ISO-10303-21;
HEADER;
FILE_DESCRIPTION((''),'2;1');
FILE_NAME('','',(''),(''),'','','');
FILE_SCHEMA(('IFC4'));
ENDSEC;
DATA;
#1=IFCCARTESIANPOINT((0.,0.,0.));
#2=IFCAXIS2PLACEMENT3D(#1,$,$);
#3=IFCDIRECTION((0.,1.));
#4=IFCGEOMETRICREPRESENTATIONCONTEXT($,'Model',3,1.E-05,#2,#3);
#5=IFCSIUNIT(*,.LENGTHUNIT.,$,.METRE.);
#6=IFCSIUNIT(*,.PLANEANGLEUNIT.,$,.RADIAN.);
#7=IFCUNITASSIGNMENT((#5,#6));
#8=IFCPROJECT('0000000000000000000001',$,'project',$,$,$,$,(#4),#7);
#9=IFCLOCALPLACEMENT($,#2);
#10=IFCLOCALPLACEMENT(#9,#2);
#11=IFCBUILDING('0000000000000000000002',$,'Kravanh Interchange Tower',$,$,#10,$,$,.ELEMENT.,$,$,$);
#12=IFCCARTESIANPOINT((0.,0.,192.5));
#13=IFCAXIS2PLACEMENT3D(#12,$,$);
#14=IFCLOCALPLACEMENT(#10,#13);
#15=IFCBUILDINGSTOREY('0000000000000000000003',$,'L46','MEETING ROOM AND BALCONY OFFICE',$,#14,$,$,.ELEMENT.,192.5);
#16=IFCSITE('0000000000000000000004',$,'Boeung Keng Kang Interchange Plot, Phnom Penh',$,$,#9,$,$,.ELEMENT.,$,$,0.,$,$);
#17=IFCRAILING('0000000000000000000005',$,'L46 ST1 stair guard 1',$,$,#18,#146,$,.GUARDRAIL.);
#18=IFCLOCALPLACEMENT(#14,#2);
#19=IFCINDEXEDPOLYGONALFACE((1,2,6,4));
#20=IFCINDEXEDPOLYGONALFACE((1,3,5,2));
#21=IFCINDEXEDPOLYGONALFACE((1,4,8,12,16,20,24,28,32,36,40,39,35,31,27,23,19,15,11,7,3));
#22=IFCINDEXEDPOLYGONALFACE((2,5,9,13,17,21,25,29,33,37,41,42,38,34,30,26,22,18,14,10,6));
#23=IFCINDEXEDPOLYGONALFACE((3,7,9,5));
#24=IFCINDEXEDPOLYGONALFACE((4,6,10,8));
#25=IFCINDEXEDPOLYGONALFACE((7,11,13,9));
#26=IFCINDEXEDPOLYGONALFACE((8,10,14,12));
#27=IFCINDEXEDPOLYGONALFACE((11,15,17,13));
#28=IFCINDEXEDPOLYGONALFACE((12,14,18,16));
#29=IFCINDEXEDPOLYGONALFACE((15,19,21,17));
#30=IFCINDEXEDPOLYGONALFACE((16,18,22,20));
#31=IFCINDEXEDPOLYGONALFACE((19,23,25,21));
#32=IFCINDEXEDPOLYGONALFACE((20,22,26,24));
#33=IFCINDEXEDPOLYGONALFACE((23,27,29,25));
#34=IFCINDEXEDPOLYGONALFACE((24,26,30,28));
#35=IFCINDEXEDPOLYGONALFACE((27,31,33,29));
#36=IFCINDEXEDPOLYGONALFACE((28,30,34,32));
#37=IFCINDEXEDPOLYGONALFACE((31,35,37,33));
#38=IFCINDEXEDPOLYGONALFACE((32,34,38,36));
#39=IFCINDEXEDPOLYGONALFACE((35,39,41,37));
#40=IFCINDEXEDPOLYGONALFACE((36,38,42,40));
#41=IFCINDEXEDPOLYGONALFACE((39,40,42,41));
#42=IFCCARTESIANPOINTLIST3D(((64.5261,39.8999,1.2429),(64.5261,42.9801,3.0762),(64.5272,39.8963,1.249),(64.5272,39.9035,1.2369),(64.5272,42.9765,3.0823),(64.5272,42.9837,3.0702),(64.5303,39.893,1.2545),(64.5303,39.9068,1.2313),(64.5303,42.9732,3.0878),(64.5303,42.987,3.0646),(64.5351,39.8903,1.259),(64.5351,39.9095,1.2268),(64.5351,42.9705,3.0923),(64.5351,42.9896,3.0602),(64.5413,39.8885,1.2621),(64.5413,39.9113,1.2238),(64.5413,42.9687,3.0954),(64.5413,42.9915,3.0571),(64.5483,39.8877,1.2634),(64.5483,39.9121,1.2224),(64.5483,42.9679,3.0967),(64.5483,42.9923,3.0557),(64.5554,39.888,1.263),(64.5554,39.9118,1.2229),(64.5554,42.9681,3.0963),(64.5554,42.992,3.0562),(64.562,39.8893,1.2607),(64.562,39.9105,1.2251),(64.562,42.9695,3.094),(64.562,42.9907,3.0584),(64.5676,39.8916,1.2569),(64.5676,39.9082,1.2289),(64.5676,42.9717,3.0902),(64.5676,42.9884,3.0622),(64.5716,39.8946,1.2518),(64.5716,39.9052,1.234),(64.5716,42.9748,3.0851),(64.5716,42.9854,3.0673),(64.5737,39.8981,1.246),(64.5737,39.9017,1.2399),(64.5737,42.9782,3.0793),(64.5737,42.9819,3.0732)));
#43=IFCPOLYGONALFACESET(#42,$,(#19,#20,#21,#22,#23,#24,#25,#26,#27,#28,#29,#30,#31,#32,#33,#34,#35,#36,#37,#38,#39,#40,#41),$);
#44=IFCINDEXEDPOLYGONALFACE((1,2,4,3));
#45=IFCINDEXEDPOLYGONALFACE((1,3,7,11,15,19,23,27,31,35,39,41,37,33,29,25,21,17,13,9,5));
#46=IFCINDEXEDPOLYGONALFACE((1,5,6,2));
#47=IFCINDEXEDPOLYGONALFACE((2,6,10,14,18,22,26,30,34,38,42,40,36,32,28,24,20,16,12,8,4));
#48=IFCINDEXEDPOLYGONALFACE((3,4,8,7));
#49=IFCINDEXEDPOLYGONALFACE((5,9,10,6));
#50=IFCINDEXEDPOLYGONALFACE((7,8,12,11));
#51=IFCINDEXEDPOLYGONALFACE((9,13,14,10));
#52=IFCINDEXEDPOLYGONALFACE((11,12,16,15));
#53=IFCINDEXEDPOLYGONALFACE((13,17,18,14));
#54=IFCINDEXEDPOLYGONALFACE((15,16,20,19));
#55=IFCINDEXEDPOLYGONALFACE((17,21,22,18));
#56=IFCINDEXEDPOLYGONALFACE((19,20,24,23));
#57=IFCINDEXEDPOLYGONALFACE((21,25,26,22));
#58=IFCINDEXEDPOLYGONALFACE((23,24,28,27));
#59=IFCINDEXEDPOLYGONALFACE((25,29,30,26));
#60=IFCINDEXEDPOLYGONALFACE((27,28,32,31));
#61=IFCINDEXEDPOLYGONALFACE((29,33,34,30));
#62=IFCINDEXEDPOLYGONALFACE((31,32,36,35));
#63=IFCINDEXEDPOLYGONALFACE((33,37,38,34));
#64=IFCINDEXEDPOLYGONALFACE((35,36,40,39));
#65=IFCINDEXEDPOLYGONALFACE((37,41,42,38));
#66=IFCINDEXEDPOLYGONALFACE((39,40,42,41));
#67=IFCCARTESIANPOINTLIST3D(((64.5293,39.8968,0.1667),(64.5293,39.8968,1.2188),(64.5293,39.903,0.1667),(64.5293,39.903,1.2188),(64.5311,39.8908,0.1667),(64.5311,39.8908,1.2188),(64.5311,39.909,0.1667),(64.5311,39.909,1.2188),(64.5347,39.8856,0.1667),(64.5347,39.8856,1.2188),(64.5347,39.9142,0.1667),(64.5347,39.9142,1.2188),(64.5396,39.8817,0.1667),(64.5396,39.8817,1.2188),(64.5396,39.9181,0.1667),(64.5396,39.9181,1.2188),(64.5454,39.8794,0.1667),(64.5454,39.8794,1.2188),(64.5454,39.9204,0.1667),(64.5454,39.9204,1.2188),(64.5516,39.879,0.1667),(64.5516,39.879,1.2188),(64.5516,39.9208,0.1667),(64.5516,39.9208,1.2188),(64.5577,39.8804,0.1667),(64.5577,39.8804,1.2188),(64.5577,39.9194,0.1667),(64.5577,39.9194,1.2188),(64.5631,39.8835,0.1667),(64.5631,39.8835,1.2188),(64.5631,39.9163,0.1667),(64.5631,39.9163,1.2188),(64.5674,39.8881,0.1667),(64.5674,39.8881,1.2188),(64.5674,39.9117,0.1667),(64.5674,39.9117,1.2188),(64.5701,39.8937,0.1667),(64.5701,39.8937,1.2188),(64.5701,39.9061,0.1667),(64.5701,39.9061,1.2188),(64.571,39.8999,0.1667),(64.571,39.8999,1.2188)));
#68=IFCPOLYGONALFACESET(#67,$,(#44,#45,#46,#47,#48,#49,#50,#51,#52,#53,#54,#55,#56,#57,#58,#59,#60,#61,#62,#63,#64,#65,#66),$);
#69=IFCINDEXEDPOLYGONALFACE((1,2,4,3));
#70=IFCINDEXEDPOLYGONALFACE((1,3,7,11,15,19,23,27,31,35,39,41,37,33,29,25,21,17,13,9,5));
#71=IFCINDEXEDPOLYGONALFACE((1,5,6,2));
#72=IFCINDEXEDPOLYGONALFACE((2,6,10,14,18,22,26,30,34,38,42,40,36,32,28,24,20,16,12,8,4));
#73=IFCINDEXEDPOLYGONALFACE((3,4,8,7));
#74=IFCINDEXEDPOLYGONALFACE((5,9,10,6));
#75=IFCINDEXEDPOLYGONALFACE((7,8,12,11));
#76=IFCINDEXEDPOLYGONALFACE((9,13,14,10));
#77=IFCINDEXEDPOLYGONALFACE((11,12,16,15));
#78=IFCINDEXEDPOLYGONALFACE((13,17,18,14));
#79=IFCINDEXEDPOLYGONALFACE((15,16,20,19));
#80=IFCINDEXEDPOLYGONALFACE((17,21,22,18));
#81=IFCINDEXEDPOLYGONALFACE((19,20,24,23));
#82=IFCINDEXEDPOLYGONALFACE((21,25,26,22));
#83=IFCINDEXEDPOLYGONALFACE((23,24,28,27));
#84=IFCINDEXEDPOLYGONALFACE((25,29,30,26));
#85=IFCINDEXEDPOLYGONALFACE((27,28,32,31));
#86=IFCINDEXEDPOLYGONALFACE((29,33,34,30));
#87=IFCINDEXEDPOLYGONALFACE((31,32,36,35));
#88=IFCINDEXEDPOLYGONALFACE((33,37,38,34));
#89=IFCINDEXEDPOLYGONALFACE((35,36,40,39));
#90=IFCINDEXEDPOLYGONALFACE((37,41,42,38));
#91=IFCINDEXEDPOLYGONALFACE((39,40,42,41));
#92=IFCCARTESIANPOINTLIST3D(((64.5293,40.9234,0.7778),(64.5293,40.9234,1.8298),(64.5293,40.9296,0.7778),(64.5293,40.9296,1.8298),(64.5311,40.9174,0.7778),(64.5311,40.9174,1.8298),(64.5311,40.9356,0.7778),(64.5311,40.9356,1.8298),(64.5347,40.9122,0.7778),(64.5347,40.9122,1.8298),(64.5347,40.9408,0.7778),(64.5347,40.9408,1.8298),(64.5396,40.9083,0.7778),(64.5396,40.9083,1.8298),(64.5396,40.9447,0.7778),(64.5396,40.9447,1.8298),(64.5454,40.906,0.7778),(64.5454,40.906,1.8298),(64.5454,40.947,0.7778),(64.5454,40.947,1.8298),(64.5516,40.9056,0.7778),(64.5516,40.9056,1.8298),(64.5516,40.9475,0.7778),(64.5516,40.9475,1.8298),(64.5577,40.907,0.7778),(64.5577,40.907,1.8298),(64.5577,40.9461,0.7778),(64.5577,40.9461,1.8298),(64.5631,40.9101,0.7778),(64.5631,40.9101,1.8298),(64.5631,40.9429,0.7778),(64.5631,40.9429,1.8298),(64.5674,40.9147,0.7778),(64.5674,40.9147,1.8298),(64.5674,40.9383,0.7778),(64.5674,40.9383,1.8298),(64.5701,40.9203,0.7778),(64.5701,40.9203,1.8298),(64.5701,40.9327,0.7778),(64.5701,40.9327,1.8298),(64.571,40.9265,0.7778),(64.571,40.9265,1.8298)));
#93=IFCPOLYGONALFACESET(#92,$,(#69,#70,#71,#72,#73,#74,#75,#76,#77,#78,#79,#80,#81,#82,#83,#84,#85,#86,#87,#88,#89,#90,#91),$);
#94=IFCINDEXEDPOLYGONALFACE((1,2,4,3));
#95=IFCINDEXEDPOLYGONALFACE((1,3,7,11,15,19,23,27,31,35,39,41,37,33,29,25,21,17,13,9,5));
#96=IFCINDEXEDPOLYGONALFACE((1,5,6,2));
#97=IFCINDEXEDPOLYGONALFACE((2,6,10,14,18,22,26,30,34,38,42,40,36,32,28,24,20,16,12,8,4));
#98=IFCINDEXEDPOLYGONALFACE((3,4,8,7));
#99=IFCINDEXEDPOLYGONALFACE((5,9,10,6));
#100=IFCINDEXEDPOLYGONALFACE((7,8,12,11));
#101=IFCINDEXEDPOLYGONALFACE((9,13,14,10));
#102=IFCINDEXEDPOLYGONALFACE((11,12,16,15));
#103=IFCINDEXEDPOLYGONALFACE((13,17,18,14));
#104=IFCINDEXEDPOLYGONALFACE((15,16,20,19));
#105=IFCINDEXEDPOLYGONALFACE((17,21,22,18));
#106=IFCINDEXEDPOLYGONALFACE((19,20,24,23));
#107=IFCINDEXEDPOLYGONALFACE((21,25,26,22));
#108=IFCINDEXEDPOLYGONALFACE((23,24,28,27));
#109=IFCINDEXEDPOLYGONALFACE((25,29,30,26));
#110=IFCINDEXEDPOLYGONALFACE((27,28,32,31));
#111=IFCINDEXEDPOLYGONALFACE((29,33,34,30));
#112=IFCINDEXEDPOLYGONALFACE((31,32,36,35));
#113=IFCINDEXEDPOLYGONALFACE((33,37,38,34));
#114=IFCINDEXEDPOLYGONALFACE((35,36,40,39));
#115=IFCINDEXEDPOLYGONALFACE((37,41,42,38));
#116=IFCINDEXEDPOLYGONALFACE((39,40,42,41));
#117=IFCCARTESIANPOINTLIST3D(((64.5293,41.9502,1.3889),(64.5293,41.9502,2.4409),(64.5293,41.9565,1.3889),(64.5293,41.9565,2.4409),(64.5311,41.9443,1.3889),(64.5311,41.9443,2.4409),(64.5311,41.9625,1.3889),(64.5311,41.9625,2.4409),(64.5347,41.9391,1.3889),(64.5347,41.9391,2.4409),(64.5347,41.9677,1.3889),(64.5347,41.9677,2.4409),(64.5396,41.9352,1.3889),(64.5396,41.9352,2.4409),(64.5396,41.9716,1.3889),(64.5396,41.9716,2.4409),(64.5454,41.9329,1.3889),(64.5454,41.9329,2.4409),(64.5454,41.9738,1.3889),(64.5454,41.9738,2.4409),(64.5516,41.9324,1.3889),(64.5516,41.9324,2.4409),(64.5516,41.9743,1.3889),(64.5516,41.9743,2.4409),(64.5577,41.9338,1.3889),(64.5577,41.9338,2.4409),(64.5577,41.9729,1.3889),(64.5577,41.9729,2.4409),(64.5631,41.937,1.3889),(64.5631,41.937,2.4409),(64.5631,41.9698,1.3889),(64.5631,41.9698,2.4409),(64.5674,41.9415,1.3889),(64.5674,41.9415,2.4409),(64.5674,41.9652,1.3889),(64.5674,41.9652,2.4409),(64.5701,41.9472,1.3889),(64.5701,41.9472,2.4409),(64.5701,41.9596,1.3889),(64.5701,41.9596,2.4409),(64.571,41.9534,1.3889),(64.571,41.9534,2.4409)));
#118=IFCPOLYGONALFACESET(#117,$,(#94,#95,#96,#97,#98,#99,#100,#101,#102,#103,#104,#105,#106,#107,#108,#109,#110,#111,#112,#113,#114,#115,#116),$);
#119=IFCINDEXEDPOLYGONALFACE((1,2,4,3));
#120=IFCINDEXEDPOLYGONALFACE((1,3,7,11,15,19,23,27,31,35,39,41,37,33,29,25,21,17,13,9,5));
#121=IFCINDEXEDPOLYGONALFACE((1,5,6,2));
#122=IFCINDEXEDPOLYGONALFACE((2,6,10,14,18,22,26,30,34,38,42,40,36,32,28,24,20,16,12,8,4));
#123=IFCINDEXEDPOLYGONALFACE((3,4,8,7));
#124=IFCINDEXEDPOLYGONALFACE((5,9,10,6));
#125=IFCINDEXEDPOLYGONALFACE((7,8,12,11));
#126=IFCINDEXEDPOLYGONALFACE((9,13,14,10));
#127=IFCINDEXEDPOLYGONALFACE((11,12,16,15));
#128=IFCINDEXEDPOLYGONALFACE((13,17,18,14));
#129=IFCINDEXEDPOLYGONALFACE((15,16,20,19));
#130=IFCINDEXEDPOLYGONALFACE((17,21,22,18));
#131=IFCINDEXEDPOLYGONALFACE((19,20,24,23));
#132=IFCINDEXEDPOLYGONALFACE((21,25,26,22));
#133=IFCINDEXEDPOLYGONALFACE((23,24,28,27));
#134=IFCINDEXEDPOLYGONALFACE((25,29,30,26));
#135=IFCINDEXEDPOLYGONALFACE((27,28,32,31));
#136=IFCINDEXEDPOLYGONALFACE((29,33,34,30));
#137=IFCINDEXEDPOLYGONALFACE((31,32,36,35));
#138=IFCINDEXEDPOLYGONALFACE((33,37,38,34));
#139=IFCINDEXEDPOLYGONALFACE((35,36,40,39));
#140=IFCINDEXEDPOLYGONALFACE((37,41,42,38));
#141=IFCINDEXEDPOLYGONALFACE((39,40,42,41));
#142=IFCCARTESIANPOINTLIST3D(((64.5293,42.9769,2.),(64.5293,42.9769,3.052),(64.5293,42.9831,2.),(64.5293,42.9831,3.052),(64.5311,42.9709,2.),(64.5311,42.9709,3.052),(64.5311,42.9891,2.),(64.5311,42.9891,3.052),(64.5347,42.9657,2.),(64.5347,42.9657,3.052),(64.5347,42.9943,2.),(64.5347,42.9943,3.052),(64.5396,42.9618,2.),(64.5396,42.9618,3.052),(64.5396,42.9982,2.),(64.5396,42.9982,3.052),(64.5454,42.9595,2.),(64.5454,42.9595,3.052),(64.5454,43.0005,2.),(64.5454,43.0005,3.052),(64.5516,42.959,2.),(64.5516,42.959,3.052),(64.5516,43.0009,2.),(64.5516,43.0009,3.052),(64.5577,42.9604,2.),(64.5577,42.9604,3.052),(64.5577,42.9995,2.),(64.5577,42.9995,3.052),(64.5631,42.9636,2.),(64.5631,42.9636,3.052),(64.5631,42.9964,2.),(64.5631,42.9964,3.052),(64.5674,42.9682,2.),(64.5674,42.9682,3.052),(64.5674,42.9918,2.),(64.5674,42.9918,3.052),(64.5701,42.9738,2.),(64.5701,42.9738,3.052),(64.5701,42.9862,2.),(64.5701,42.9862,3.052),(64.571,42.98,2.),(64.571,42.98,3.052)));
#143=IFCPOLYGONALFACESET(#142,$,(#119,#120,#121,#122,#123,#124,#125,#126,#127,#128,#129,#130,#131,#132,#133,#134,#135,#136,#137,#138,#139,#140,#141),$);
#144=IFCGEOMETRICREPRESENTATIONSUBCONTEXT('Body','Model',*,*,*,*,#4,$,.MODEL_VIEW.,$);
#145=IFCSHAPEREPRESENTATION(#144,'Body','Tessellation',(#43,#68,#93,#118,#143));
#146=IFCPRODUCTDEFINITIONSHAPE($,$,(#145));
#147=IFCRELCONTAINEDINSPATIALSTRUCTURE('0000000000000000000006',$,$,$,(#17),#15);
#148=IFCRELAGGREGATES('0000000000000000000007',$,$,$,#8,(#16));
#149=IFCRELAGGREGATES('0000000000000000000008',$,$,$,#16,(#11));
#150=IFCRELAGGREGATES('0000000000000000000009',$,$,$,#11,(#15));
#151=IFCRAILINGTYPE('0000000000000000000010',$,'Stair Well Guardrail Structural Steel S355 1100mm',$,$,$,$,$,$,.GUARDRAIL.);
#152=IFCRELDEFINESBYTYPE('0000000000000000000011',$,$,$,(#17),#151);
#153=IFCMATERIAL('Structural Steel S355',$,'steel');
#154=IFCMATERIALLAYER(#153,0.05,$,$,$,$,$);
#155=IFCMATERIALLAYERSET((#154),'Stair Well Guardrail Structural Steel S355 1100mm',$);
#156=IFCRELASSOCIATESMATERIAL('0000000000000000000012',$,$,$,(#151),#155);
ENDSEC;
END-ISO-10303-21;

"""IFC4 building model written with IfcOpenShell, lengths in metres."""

from ifc_helpers import new_model, si_unit, direction, frame, origin, origin_2d, place, context, subcontext, project, spatial, circle, extrude, material, layer, layer_set, type_object, element, save


model = new_model("IFC4")

# Units and contexts
model_context = context("Model", 3, precision=1e-05, world=origin(), true_north=direction((0.0, 1.0)))
body_context = subcontext(model_context, "Body", "Model", "MODEL_VIEW")
ifc_project = project(units=[si_unit("LENGTHUNIT", "METRE"), si_unit("PLANEANGLEUNIT", "RADIAN")], contexts=[model_context])

# Site, building, storey
site_placement = place(None, origin())
site = spatial("IfcSite", under=ifc_project, at=site_placement, Name="Boeung Keng Kang Interchange Plot, Phnom Penh", CompositionType="ELEMENT", RefElevation=0.0)
building_placement = place(site_placement, origin())
building = spatial("IfcBuilding", under=site, at=building_placement, Name="Kravanh Interchange Tower", CompositionType="ELEMENT")
storey_placement = place(building_placement, frame((0.0, 0.0, 192.5)))
storey = spatial("IfcBuildingStorey", under=building, at=storey_placement, Name="L46", Description="MEETING ROOM AND BALCONY OFFICE", CompositionType="ELEMENT", Elevation=192.5)

# Railing
ifc_material_1 = material(Name="Structural Steel S355", Category="steel")
ifc_layer_1 = layer(ifc_material_1, 0.05)
ifc_layer_set_1 = layer_set([ifc_layer_1], Name="Stair Well Guardrail Structural Steel S355 1100mm")
railing_type_1 = type_object("IfcRailingType", Name="Stair Well Guardrail Structural Steel S355 1100mm", PredefinedType="GUARDRAIL", material=ifc_layer_set_1)
railing_1_placement = place(storey_placement, frame((64.55, 39.8999, 0.1667)))
element("IfcRailing", 1, at=railing_1_placement, inside=storey, type_object=railing_type_1, Name="L46 ST1 stair guard 1", PredefinedType="GUARDRAIL", context=body_context, shape_type="SweptSolid", body=[
    extrude(circle(Radius=0.0239, at=origin_2d()), frame((0.0, 0.0, 1.0762), z_axis=(0.0, 0.859309, 0.511458), x_axis=(-1.0, 0.0, 0.0)), (0.0, 0.0, 1.0), 3.5845),
    extrude(circle(Radius=0.021, at=origin_2d()), origin(), (0.0, 0.0, 1.0), 1.052),
    extrude(circle(Radius=0.021, at=origin_2d()), frame((0.0, 1.0266, 0.6111)), (0.0, 0.0, 1.0), 1.052),
    extrude(circle(Radius=0.021, at=origin_2d()), frame((0.0, 2.0535, 1.2222)), (0.0, 0.0, 1.0), 1.052),
    extrude(circle(Radius=0.021, at=origin_2d()), frame((0.0, 3.0801, 1.8333)), (0.0, 0.0, 1.0), 1.052),
])

save(model, "model.ifc")
